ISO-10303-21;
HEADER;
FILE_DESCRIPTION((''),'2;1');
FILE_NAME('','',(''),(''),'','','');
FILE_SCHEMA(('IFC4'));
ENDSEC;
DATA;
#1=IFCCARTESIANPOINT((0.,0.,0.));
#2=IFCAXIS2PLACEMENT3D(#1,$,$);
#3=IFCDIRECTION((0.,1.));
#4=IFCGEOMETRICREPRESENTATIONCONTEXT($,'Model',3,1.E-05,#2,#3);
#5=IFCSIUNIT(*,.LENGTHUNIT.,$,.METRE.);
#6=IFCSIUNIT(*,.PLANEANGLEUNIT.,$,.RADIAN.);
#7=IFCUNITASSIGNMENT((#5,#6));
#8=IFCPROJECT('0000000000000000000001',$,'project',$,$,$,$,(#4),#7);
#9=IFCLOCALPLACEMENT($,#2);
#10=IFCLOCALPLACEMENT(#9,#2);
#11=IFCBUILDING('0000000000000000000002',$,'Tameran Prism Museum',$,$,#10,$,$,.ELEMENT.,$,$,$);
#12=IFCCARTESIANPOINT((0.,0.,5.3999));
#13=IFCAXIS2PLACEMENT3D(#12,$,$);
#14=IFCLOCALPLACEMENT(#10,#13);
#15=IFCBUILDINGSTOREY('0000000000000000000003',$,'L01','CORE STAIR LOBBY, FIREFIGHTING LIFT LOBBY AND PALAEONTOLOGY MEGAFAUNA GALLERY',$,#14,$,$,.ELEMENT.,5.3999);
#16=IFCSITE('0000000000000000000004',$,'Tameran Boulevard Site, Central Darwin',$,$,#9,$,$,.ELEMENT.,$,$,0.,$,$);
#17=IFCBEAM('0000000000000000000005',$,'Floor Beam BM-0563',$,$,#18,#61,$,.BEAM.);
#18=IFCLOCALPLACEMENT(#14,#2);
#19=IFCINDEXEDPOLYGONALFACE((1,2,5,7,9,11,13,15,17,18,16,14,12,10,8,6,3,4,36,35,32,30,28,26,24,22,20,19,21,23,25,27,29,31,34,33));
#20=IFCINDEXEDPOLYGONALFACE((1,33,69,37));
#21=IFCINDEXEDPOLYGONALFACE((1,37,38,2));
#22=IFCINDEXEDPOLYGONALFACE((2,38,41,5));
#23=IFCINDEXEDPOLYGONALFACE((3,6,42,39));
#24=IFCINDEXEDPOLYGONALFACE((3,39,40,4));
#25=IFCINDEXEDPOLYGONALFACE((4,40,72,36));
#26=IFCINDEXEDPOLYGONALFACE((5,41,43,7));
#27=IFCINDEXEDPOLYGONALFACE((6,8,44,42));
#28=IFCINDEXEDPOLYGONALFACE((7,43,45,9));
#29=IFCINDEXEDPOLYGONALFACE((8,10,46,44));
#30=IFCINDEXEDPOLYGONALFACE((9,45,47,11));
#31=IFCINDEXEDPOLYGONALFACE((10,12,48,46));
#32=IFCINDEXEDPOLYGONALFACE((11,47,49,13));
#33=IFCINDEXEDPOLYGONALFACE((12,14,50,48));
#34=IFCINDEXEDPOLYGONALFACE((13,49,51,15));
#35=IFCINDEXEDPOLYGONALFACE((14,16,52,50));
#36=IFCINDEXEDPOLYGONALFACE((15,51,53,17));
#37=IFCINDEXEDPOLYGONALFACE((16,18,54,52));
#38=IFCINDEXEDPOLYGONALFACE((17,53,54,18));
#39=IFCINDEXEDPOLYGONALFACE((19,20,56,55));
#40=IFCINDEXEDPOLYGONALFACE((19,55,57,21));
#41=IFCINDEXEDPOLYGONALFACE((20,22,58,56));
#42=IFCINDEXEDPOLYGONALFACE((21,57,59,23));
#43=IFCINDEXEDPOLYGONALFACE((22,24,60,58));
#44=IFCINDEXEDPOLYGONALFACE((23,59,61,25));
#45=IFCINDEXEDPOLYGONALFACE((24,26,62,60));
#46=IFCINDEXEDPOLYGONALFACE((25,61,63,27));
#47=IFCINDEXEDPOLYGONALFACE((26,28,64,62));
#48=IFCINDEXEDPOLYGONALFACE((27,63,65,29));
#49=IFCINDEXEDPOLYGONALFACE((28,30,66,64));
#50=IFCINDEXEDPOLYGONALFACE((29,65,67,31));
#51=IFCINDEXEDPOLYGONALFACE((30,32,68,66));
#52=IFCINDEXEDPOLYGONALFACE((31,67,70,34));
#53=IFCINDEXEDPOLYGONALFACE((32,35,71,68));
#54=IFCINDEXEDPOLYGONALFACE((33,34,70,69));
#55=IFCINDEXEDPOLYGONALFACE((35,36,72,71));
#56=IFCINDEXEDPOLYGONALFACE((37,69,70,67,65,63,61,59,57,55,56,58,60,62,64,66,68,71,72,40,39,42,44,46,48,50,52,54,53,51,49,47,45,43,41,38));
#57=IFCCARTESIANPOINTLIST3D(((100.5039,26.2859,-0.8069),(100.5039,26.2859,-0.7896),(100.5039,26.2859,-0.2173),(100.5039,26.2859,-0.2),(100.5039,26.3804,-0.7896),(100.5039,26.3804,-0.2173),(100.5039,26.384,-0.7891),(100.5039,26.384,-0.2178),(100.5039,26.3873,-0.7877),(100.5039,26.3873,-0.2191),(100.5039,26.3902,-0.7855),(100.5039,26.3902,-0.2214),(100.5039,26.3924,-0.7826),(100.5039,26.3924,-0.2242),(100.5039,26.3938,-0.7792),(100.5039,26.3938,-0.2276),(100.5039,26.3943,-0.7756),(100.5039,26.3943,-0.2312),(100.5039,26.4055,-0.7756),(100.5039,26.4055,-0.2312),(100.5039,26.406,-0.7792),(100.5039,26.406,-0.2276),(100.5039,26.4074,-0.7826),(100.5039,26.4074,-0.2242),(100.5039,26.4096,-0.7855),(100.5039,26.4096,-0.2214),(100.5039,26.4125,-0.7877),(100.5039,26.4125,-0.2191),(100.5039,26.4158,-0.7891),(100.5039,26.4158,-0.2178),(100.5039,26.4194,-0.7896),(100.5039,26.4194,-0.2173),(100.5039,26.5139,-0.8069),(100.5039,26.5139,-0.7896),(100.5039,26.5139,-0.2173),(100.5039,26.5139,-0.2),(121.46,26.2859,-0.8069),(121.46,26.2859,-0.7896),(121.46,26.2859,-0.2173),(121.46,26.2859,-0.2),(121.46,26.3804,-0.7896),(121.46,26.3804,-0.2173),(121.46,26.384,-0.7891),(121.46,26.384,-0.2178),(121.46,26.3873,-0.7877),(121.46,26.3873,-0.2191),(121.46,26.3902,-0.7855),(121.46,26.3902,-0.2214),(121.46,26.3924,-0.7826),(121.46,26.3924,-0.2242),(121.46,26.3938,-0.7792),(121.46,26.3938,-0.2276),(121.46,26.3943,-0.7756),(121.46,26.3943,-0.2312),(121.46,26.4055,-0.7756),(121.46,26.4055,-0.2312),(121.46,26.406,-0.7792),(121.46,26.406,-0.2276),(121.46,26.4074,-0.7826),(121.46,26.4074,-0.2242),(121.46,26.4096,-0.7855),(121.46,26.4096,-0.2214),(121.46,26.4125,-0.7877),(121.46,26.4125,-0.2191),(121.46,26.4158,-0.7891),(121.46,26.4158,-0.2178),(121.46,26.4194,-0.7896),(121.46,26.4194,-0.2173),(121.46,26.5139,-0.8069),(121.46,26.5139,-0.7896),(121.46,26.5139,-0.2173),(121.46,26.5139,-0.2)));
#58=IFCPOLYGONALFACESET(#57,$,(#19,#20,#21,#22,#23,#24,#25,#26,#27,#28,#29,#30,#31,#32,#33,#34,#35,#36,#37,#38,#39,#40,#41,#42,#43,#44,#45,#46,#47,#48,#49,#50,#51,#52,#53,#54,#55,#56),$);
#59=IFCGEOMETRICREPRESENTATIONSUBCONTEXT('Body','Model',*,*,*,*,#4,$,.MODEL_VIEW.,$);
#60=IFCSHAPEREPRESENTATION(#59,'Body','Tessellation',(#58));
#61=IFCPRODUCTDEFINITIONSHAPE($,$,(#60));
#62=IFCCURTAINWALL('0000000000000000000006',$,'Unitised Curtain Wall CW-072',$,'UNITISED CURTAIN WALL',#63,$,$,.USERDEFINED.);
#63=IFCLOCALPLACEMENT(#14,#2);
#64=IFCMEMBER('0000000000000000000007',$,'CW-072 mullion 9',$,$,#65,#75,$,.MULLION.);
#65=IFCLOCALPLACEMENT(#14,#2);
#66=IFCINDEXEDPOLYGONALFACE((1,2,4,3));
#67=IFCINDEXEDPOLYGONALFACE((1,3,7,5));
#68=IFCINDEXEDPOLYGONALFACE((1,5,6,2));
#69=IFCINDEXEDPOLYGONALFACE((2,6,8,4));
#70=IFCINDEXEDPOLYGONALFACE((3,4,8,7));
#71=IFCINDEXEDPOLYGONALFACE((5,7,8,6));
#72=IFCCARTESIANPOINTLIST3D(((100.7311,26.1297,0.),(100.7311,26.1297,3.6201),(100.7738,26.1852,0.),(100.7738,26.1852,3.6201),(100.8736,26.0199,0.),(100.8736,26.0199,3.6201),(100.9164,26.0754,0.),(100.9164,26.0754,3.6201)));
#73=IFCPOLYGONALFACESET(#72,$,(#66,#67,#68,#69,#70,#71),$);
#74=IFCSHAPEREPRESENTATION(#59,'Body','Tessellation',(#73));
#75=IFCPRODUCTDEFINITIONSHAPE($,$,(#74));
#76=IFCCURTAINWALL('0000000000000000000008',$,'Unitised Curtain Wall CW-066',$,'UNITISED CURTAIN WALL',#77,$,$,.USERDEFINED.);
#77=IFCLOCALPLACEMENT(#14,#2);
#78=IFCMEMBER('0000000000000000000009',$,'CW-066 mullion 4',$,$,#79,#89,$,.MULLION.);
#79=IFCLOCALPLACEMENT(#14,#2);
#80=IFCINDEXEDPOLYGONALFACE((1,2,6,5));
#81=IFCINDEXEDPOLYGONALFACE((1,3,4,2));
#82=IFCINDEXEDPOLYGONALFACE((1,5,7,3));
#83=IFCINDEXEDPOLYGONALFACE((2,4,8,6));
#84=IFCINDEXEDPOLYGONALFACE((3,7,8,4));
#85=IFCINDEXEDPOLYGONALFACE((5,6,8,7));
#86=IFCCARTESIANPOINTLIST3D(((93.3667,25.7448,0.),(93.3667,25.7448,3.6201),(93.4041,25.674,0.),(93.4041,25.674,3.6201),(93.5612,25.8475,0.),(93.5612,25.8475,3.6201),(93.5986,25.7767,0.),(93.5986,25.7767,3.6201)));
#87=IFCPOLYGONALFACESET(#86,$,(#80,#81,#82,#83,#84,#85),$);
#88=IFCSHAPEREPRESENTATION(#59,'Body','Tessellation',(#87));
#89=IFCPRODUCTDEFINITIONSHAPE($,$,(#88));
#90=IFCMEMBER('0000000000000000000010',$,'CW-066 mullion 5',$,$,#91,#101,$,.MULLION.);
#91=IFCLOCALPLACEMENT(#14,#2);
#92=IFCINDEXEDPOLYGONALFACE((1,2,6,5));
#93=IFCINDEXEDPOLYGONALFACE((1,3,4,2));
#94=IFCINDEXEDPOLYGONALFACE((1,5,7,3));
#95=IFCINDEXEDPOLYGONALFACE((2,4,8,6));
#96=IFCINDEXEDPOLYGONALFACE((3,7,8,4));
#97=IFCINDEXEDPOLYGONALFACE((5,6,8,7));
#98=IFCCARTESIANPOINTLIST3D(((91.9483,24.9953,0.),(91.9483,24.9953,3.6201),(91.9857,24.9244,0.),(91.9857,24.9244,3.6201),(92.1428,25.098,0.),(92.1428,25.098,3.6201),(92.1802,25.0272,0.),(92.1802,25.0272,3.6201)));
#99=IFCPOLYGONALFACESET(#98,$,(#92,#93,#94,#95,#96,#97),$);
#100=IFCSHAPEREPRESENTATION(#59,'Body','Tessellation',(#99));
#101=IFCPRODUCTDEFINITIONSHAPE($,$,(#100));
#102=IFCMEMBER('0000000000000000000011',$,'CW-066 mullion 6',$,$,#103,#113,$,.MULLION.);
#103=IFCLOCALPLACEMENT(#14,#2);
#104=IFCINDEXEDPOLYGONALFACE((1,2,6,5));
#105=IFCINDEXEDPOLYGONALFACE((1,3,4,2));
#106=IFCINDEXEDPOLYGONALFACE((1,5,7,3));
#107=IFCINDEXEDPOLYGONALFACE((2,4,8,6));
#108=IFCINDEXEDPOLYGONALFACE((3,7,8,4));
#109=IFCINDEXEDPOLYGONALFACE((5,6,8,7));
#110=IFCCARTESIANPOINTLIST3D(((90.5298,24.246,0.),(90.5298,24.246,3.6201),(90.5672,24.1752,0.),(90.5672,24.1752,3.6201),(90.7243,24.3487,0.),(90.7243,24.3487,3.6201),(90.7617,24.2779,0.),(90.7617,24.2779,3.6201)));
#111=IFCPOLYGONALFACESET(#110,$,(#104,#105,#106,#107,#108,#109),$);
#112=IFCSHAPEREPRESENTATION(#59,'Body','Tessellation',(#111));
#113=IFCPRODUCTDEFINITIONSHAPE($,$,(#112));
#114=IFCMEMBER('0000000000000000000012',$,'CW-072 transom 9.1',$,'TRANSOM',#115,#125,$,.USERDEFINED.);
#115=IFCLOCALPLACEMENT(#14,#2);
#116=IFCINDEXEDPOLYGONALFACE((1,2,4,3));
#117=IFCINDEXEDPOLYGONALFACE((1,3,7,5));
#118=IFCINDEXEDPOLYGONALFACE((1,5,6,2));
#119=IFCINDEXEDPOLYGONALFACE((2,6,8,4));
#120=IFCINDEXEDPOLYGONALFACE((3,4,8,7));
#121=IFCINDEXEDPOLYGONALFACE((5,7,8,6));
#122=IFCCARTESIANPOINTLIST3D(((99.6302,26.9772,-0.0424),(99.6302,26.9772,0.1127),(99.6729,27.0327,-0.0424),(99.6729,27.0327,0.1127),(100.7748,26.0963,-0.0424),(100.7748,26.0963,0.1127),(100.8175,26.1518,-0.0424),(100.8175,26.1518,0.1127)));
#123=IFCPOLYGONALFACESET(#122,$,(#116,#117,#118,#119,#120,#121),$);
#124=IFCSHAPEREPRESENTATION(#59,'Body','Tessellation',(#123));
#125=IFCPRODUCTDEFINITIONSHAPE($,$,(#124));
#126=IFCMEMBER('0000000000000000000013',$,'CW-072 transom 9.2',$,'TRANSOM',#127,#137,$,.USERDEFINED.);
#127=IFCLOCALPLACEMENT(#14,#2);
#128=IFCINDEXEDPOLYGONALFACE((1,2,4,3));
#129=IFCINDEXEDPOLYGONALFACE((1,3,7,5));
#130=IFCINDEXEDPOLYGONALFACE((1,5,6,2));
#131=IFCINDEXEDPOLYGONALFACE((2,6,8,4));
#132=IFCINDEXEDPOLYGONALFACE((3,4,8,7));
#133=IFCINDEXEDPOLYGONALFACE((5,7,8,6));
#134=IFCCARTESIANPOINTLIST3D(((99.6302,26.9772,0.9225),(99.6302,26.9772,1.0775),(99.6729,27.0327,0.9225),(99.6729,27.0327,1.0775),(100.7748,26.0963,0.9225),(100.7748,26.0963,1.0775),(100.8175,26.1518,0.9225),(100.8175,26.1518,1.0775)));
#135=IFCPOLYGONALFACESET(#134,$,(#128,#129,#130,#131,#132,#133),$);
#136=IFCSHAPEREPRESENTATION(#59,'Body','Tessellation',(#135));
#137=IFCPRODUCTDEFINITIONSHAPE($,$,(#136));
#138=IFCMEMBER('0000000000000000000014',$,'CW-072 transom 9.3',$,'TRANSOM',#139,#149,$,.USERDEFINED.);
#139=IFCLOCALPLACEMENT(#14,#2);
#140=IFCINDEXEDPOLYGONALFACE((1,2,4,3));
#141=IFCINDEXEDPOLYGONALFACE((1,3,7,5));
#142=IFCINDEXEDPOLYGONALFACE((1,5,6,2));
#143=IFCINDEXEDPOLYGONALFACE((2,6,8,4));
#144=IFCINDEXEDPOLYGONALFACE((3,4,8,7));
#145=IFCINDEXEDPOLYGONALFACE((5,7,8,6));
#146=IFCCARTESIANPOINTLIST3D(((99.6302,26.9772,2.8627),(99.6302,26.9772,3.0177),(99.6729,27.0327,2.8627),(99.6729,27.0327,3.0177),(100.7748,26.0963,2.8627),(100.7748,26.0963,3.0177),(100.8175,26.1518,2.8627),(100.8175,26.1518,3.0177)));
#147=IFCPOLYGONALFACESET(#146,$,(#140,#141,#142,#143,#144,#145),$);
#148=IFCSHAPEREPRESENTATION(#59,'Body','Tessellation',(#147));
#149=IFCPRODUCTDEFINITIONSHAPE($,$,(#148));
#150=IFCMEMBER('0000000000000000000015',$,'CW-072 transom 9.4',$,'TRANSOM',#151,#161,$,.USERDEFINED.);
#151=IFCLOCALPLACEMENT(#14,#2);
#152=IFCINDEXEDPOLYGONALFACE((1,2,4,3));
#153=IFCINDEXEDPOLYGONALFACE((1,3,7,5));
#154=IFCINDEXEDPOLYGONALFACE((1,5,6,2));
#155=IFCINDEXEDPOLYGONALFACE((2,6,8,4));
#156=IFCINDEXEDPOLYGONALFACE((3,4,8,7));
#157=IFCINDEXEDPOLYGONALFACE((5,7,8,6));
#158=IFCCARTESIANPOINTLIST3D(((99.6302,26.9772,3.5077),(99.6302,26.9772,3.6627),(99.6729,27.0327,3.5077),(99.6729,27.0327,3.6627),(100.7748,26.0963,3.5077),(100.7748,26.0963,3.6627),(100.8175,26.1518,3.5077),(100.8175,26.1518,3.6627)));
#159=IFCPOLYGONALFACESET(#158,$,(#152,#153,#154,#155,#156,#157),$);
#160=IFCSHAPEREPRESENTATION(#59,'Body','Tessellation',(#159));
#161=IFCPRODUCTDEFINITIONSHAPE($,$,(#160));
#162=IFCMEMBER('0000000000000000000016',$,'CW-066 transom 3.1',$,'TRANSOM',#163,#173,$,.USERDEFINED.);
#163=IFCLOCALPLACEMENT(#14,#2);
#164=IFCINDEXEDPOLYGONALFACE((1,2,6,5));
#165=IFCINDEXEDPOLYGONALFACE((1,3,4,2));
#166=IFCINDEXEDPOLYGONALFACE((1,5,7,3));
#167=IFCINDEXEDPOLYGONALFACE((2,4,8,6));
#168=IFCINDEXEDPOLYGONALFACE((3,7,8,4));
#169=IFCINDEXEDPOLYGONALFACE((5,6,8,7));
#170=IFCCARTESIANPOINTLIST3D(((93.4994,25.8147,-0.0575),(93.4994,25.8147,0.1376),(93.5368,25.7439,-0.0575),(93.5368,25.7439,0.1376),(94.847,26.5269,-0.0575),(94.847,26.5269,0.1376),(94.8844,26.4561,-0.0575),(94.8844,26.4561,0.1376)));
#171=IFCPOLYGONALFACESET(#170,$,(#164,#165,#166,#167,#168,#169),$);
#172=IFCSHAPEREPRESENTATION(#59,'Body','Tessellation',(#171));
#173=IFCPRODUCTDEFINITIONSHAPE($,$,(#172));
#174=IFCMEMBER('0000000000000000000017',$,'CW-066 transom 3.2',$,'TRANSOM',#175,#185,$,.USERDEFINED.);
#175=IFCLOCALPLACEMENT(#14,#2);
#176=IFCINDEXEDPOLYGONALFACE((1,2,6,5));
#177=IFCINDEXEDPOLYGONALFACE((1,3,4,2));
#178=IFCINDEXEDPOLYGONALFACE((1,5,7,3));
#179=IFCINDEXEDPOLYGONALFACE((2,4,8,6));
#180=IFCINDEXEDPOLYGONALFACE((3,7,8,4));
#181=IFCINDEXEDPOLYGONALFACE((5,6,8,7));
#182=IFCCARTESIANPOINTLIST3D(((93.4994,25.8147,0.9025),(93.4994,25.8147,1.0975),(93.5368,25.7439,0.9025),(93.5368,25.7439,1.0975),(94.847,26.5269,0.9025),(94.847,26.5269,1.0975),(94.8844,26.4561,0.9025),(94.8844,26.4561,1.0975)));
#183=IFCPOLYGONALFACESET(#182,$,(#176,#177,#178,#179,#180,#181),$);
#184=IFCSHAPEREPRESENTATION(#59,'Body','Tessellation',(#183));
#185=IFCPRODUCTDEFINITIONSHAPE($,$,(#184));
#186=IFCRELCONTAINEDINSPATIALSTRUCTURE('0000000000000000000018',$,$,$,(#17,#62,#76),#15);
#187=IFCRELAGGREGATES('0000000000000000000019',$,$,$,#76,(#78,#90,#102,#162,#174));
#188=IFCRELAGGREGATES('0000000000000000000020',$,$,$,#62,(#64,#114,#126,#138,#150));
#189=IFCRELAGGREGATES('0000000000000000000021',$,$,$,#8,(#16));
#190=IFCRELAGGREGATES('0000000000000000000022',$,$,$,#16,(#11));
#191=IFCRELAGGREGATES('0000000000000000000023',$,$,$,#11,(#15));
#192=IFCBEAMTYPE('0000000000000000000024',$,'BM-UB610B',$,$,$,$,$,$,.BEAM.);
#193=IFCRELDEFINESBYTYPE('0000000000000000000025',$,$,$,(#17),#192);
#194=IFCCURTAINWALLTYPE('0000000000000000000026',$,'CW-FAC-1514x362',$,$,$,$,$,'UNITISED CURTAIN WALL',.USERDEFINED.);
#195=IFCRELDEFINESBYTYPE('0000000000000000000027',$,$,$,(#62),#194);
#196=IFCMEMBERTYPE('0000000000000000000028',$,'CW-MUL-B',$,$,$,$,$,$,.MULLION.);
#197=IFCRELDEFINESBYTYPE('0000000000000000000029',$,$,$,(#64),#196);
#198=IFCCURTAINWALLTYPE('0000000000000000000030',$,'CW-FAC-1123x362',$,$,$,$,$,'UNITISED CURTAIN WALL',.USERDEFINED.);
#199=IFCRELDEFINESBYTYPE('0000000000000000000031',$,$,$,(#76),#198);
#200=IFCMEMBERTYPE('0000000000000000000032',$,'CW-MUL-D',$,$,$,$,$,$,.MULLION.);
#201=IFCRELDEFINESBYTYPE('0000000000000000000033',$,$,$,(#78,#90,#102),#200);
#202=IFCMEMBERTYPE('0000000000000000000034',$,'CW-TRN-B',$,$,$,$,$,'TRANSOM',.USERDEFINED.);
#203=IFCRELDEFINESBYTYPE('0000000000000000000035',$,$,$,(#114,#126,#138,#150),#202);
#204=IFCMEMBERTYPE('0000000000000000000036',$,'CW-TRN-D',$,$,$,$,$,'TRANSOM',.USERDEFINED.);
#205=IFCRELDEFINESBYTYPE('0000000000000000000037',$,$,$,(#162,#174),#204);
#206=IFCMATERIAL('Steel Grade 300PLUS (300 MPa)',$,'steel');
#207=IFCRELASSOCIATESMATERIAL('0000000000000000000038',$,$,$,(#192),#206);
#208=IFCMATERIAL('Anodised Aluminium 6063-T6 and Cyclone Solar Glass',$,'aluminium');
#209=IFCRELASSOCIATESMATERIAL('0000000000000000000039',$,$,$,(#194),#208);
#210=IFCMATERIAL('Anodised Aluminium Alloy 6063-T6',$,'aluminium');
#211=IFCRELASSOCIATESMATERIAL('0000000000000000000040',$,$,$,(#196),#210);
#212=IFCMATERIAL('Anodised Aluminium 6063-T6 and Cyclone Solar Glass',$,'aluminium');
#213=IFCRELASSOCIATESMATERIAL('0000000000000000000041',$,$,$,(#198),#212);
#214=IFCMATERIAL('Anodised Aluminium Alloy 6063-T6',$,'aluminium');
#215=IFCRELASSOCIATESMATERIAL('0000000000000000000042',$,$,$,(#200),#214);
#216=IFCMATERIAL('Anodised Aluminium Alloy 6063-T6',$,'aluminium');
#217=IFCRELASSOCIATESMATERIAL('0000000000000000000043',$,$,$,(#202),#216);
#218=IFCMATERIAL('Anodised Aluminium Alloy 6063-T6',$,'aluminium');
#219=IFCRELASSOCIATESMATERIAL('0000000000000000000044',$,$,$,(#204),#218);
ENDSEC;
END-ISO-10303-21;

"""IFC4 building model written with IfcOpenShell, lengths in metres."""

from ifc_helpers import new_model, si_unit, direction, frame, origin, origin_2d, place, context, subcontext, project, spatial, rectangle, i_section, extrude, material, material_profile, profile_set, type_object, element, aggregate, save


model = new_model("IFC4")

# Units and contexts
model_context = context("Model", 3, precision=1e-05, world=origin(), true_north=direction((0.0, 1.0)))
body_context = subcontext(model_context, "Body", "Model", "MODEL_VIEW")
ifc_project = project(units=[si_unit("LENGTHUNIT", "METRE"), si_unit("PLANEANGLEUNIT", "RADIAN")], contexts=[model_context])

# Site, building, storey
site_placement = place(None, origin())
site = spatial("IfcSite", under=ifc_project, at=site_placement, Name="Tameran Boulevard Site, Central Darwin", CompositionType="ELEMENT", RefElevation=0.0)
building_placement = place(site_placement, origin())
building = spatial("IfcBuilding", under=site, at=building_placement, Name="Tameran Prism Museum", CompositionType="ELEMENT")
storey_placement = place(building_placement, frame((0.0, 0.0, 5.3999)))
storey = spatial("IfcBuildingStorey", under=building, at=storey_placement, Name="L01", Description="CORE STAIR LOBBY, FIREFIGHTING LIFT LOBBY AND PALAEONTOLOGY MEGAFAUNA GALLERY", CompositionType="ELEMENT", Elevation=5.3999)

# Beam
ifc_material_1 = material(Name="Steel Grade 300PLUS (300 MPa)", Category="steel")
ifc_material_profile_1 = material_profile(ifc_material_1, i_section(OverallWidth=0.228, OverallDepth=0.6069, WebThickness=0.0112, FlangeThickness=0.0173, FilletRadius=0.0139, at=origin_2d()))
ifc_profile_set_1 = profile_set([ifc_material_profile_1])
beam_type = type_object("IfcBeamType", Name="BM-UB610B", PredefinedType="BEAM", material=ifc_profile_set_1)
beam_placement = place(storey_placement, frame((100.5039, 26.3999, -0.5034), z_axis=(1.0, 0.0, 0.0), x_axis=(0.0, 1.0, 0.0)))
element("IfcBeam", 1, at=beam_placement, inside=storey, type_object=beam_type, Name="Floor Beam BM-0563", PredefinedType="BEAM", context=body_context, shape_type="SweptSolid", body=[
    extrude(i_section(OverallWidth=0.228, OverallDepth=0.6069, WebThickness=0.0112, FlangeThickness=0.0173, FilletRadius=0.0139, at=origin_2d()), origin(), (0.0, 0.0, 1.0), 20.9561),
])

# Curtain wall, member
ifc_material_2 = material(Name="Anodised Aluminium 6063-T6 and Cyclone Solar Glass", Category="aluminium")
curtain_wall_type_1 = type_object("IfcCurtainWallType", Name="CW-FAC-1514x362", ElementType="UNITISED CURTAIN WALL", PredefinedType="USERDEFINED", material=ifc_material_2)
curtain_wall_1_placement = place(storey_placement, origin())
curtain_wall_1 = element("IfcCurtainWall", 2, at=curtain_wall_1_placement, inside=storey, type_object=curtain_wall_type_1, Name="Unitised Curtain Wall CW-072", ObjectType="UNITISED CURTAIN WALL", PredefinedType="USERDEFINED")
ifc_material_3 = material(Name="Anodised Aluminium Alloy 6063-T6", Category="aluminium")
ifc_material_profile_2 = material_profile(ifc_material_3, rectangle(XDim=0.0701, YDim=0.1799, at=origin_2d()))
ifc_profile_set_2 = profile_set([ifc_material_profile_2])
member_type_1 = type_object("IfcMemberType", Name="CW-MUL-B", PredefinedType="MULLION", material=ifc_profile_set_2)
member_1_placement = place(storey_placement, frame((100.8237, 26.1025, 0.0), z_axis=(0.0, 0.0, 1.0), x_axis=(-0.610001, -0.792401, 0.0)))
member_1 = element("IfcMember", 3, at=member_1_placement, type_object=member_type_1, Name="CW-072 mullion 9", PredefinedType="MULLION", context=body_context, shape_type="SweptSolid", body=[
    extrude(rectangle(XDim=0.0701, YDim=0.1799, at=origin_2d()), origin(), (0.0, 0.0, 1.0), 3.6201),
])

# Curtain wall, members
ifc_material_4 = material(Name="Anodised Aluminium 6063-T6 and Cyclone Solar Glass", Category="aluminium")
curtain_wall_type_2 = type_object("IfcCurtainWallType", Name="CW-FAC-1123x362", ElementType="UNITISED CURTAIN WALL", PredefinedType="USERDEFINED", material=ifc_material_4)
curtain_wall_2_placement = place(storey_placement, origin())
curtain_wall_2 = element("IfcCurtainWall", 4, at=curtain_wall_2_placement, inside=storey, type_object=curtain_wall_type_2, Name="Unitised Curtain Wall CW-066", ObjectType="UNITISED CURTAIN WALL", PredefinedType="USERDEFINED")
ifc_material_5 = material(Name="Anodised Aluminium Alloy 6063-T6", Category="aluminium")
ifc_material_profile_3 = material_profile(ifc_material_5, rectangle(XDim=0.0801, YDim=0.22, at=origin_2d()))
ifc_profile_set_3 = profile_set([ifc_material_profile_3])
member_type_2 = type_object("IfcMemberType", Name="CW-MUL-D", PredefinedType="MULLION", material=ifc_profile_set_3)
member_2_placement = place(storey_placement, frame((93.4827, 25.7607, 0.0), z_axis=(0.0, 0.0, 1.0), x_axis=(0.467155, -0.884175, 0.0)))
member_2 = element("IfcMember", 5, at=member_2_placement, type_object=member_type_2, Name="CW-066 mullion 4", PredefinedType="MULLION", context=body_context, shape_type="SweptSolid", body=[
    extrude(rectangle(XDim=0.0801, YDim=0.22, at=origin_2d()), origin(), (0.0, 0.0, 1.0), 3.6201),
])
member_3_placement = place(storey_placement, frame((92.0642, 25.0112, 0.0), z_axis=(0.0, 0.0, 1.0), x_axis=(0.467155, -0.884175, 0.0)))
member_3 = element("IfcMember", 6, at=member_3_placement, type_object=member_type_2, Name="CW-066 mullion 5", PredefinedType="MULLION", context=body_context, shape_type="SweptSolid", body=[
    extrude(rectangle(XDim=0.0801, YDim=0.22, at=origin_2d()), origin(), (0.0, 0.0, 1.0), 3.6201),
])
member_4_placement = place(storey_placement, frame((90.6458, 24.262, 0.0), z_axis=(0.0, 0.0, 1.0), x_axis=(0.467155, -0.884175, 0.0)))
member_4 = element("IfcMember", 7, at=member_4_placement, type_object=member_type_2, Name="CW-066 mullion 6", PredefinedType="MULLION", context=body_context, shape_type="SweptSolid", body=[
    extrude(rectangle(XDim=0.0801, YDim=0.22, at=origin_2d()), origin(), (0.0, 0.0, 1.0), 3.6201),
])

# Members
ifc_material_6 = material(Name="Anodised Aluminium Alloy 6063-T6", Category="aluminium")
ifc_material_profile_4 = material_profile(ifc_material_6, rectangle(XDim=0.0701, YDim=0.155, at=origin_2d()))
ifc_profile_set_4 = profile_set([ifc_material_profile_4])
member_type_3 = type_object("IfcMemberType", Name="CW-TRN-B", ElementType="TRANSOM", PredefinedType="USERDEFINED", material=ifc_profile_set_4)
member_5_placement = place(storey_placement, frame((100.7961, 26.124, 0.0352), z_axis=(-0.792473, 0.609907, 0.0), x_axis=(-0.609907, -0.792473, 0.0)))
member_5 = element("IfcMember", 8, at=member_5_placement, type_object=member_type_3, Name="CW-072 transom 9.1", ObjectType="TRANSOM", PredefinedType="USERDEFINED", context=body_context, shape_type="SweptSolid", body=[
    extrude(rectangle(XDim=0.0701, YDim=0.155, at=origin_2d()), origin(), (0.0, 0.0, 1.0), 1.4443),
])
member_6_placement = place(storey_placement, frame((100.7961, 26.124, 1.0), z_axis=(-0.792473, 0.609907, 0.0), x_axis=(-0.609907, -0.792473, 0.0)))
member_6 = element("IfcMember", 9, at=member_6_placement, type_object=member_type_3, Name="CW-072 transom 9.2", ObjectType="TRANSOM", PredefinedType="USERDEFINED", context=body_context, shape_type="SweptSolid", body=[
    extrude(rectangle(XDim=0.0701, YDim=0.155, at=origin_2d()), origin(), (0.0, 0.0, 1.0), 1.4443),
])
member_7_placement = place(storey_placement, frame((100.7961, 26.124, 2.9402), z_axis=(-0.792473, 0.609907, 0.0), x_axis=(-0.609907, -0.792473, 0.0)))
member_7 = element("IfcMember", 10, at=member_7_placement, type_object=member_type_3, Name="CW-072 transom 9.3", ObjectType="TRANSOM", PredefinedType="USERDEFINED", context=body_context, shape_type="SweptSolid", body=[
    extrude(rectangle(XDim=0.0701, YDim=0.155, at=origin_2d()), origin(), (0.0, 0.0, 1.0), 1.4443),
])
member_8_placement = place(storey_placement, frame((100.7961, 26.124, 3.5852), z_axis=(-0.792473, 0.609907, 0.0), x_axis=(-0.609907, -0.792473, 0.0)))
member_8 = element("IfcMember", 11, at=member_8_placement, type_object=member_type_3, Name="CW-072 transom 9.4", ObjectType="TRANSOM", PredefinedType="USERDEFINED", context=body_context, shape_type="SweptSolid", body=[
    extrude(rectangle(XDim=0.0701, YDim=0.155, at=origin_2d()), origin(), (0.0, 0.0, 1.0), 1.4443),
])
ifc_material_7 = material(Name="Anodised Aluminium Alloy 6063-T6", Category="aluminium")
ifc_material_profile_5 = material_profile(ifc_material_7, rectangle(XDim=0.0801, YDim=0.1951, at=origin_2d()))
ifc_profile_set_5 = profile_set([ifc_material_profile_5])
member_type_4 = type_object("IfcMemberType", Name="CW-TRN-D", ElementType="TRANSOM", PredefinedType="USERDEFINED", material=ifc_profile_set_5)
member_9_placement = place(storey_placement, frame((94.8657, 26.4915, 0.04), z_axis=(-0.884142, -0.467218, 0.0), x_axis=(0.467218, -0.884142, 0.0)))
member_9 = element("IfcMember", 12, at=member_9_placement, type_object=member_type_4, Name="CW-066 transom 3.1", ObjectType="TRANSOM", PredefinedType="USERDEFINED", context=body_context, shape_type="SweptSolid", body=[
    extrude(rectangle(XDim=0.0801, YDim=0.1951, at=origin_2d()), origin(), (0.0, 0.0, 1.0), 1.5242),
])
member_10_placement = place(storey_placement, frame((94.8657, 26.4915, 1.0), z_axis=(-0.884142, -0.467218, 0.0), x_axis=(0.467218, -0.884142, 0.0)))
member_10 = element("IfcMember", 13, at=member_10_placement, type_object=member_type_4, Name="CW-066 transom 3.2", ObjectType="TRANSOM", PredefinedType="USERDEFINED", context=body_context, shape_type="SweptSolid", body=[
    extrude(rectangle(XDim=0.0801, YDim=0.1951, at=origin_2d()), origin(), (0.0, 0.0, 1.0), 1.5242),
])

aggregate(curtain_wall_2, [member_2, member_3, member_4, member_9, member_10])
aggregate(curtain_wall_1, [member_1, member_5, member_6, member_7, member_8])

save(model, "model.ifc")
